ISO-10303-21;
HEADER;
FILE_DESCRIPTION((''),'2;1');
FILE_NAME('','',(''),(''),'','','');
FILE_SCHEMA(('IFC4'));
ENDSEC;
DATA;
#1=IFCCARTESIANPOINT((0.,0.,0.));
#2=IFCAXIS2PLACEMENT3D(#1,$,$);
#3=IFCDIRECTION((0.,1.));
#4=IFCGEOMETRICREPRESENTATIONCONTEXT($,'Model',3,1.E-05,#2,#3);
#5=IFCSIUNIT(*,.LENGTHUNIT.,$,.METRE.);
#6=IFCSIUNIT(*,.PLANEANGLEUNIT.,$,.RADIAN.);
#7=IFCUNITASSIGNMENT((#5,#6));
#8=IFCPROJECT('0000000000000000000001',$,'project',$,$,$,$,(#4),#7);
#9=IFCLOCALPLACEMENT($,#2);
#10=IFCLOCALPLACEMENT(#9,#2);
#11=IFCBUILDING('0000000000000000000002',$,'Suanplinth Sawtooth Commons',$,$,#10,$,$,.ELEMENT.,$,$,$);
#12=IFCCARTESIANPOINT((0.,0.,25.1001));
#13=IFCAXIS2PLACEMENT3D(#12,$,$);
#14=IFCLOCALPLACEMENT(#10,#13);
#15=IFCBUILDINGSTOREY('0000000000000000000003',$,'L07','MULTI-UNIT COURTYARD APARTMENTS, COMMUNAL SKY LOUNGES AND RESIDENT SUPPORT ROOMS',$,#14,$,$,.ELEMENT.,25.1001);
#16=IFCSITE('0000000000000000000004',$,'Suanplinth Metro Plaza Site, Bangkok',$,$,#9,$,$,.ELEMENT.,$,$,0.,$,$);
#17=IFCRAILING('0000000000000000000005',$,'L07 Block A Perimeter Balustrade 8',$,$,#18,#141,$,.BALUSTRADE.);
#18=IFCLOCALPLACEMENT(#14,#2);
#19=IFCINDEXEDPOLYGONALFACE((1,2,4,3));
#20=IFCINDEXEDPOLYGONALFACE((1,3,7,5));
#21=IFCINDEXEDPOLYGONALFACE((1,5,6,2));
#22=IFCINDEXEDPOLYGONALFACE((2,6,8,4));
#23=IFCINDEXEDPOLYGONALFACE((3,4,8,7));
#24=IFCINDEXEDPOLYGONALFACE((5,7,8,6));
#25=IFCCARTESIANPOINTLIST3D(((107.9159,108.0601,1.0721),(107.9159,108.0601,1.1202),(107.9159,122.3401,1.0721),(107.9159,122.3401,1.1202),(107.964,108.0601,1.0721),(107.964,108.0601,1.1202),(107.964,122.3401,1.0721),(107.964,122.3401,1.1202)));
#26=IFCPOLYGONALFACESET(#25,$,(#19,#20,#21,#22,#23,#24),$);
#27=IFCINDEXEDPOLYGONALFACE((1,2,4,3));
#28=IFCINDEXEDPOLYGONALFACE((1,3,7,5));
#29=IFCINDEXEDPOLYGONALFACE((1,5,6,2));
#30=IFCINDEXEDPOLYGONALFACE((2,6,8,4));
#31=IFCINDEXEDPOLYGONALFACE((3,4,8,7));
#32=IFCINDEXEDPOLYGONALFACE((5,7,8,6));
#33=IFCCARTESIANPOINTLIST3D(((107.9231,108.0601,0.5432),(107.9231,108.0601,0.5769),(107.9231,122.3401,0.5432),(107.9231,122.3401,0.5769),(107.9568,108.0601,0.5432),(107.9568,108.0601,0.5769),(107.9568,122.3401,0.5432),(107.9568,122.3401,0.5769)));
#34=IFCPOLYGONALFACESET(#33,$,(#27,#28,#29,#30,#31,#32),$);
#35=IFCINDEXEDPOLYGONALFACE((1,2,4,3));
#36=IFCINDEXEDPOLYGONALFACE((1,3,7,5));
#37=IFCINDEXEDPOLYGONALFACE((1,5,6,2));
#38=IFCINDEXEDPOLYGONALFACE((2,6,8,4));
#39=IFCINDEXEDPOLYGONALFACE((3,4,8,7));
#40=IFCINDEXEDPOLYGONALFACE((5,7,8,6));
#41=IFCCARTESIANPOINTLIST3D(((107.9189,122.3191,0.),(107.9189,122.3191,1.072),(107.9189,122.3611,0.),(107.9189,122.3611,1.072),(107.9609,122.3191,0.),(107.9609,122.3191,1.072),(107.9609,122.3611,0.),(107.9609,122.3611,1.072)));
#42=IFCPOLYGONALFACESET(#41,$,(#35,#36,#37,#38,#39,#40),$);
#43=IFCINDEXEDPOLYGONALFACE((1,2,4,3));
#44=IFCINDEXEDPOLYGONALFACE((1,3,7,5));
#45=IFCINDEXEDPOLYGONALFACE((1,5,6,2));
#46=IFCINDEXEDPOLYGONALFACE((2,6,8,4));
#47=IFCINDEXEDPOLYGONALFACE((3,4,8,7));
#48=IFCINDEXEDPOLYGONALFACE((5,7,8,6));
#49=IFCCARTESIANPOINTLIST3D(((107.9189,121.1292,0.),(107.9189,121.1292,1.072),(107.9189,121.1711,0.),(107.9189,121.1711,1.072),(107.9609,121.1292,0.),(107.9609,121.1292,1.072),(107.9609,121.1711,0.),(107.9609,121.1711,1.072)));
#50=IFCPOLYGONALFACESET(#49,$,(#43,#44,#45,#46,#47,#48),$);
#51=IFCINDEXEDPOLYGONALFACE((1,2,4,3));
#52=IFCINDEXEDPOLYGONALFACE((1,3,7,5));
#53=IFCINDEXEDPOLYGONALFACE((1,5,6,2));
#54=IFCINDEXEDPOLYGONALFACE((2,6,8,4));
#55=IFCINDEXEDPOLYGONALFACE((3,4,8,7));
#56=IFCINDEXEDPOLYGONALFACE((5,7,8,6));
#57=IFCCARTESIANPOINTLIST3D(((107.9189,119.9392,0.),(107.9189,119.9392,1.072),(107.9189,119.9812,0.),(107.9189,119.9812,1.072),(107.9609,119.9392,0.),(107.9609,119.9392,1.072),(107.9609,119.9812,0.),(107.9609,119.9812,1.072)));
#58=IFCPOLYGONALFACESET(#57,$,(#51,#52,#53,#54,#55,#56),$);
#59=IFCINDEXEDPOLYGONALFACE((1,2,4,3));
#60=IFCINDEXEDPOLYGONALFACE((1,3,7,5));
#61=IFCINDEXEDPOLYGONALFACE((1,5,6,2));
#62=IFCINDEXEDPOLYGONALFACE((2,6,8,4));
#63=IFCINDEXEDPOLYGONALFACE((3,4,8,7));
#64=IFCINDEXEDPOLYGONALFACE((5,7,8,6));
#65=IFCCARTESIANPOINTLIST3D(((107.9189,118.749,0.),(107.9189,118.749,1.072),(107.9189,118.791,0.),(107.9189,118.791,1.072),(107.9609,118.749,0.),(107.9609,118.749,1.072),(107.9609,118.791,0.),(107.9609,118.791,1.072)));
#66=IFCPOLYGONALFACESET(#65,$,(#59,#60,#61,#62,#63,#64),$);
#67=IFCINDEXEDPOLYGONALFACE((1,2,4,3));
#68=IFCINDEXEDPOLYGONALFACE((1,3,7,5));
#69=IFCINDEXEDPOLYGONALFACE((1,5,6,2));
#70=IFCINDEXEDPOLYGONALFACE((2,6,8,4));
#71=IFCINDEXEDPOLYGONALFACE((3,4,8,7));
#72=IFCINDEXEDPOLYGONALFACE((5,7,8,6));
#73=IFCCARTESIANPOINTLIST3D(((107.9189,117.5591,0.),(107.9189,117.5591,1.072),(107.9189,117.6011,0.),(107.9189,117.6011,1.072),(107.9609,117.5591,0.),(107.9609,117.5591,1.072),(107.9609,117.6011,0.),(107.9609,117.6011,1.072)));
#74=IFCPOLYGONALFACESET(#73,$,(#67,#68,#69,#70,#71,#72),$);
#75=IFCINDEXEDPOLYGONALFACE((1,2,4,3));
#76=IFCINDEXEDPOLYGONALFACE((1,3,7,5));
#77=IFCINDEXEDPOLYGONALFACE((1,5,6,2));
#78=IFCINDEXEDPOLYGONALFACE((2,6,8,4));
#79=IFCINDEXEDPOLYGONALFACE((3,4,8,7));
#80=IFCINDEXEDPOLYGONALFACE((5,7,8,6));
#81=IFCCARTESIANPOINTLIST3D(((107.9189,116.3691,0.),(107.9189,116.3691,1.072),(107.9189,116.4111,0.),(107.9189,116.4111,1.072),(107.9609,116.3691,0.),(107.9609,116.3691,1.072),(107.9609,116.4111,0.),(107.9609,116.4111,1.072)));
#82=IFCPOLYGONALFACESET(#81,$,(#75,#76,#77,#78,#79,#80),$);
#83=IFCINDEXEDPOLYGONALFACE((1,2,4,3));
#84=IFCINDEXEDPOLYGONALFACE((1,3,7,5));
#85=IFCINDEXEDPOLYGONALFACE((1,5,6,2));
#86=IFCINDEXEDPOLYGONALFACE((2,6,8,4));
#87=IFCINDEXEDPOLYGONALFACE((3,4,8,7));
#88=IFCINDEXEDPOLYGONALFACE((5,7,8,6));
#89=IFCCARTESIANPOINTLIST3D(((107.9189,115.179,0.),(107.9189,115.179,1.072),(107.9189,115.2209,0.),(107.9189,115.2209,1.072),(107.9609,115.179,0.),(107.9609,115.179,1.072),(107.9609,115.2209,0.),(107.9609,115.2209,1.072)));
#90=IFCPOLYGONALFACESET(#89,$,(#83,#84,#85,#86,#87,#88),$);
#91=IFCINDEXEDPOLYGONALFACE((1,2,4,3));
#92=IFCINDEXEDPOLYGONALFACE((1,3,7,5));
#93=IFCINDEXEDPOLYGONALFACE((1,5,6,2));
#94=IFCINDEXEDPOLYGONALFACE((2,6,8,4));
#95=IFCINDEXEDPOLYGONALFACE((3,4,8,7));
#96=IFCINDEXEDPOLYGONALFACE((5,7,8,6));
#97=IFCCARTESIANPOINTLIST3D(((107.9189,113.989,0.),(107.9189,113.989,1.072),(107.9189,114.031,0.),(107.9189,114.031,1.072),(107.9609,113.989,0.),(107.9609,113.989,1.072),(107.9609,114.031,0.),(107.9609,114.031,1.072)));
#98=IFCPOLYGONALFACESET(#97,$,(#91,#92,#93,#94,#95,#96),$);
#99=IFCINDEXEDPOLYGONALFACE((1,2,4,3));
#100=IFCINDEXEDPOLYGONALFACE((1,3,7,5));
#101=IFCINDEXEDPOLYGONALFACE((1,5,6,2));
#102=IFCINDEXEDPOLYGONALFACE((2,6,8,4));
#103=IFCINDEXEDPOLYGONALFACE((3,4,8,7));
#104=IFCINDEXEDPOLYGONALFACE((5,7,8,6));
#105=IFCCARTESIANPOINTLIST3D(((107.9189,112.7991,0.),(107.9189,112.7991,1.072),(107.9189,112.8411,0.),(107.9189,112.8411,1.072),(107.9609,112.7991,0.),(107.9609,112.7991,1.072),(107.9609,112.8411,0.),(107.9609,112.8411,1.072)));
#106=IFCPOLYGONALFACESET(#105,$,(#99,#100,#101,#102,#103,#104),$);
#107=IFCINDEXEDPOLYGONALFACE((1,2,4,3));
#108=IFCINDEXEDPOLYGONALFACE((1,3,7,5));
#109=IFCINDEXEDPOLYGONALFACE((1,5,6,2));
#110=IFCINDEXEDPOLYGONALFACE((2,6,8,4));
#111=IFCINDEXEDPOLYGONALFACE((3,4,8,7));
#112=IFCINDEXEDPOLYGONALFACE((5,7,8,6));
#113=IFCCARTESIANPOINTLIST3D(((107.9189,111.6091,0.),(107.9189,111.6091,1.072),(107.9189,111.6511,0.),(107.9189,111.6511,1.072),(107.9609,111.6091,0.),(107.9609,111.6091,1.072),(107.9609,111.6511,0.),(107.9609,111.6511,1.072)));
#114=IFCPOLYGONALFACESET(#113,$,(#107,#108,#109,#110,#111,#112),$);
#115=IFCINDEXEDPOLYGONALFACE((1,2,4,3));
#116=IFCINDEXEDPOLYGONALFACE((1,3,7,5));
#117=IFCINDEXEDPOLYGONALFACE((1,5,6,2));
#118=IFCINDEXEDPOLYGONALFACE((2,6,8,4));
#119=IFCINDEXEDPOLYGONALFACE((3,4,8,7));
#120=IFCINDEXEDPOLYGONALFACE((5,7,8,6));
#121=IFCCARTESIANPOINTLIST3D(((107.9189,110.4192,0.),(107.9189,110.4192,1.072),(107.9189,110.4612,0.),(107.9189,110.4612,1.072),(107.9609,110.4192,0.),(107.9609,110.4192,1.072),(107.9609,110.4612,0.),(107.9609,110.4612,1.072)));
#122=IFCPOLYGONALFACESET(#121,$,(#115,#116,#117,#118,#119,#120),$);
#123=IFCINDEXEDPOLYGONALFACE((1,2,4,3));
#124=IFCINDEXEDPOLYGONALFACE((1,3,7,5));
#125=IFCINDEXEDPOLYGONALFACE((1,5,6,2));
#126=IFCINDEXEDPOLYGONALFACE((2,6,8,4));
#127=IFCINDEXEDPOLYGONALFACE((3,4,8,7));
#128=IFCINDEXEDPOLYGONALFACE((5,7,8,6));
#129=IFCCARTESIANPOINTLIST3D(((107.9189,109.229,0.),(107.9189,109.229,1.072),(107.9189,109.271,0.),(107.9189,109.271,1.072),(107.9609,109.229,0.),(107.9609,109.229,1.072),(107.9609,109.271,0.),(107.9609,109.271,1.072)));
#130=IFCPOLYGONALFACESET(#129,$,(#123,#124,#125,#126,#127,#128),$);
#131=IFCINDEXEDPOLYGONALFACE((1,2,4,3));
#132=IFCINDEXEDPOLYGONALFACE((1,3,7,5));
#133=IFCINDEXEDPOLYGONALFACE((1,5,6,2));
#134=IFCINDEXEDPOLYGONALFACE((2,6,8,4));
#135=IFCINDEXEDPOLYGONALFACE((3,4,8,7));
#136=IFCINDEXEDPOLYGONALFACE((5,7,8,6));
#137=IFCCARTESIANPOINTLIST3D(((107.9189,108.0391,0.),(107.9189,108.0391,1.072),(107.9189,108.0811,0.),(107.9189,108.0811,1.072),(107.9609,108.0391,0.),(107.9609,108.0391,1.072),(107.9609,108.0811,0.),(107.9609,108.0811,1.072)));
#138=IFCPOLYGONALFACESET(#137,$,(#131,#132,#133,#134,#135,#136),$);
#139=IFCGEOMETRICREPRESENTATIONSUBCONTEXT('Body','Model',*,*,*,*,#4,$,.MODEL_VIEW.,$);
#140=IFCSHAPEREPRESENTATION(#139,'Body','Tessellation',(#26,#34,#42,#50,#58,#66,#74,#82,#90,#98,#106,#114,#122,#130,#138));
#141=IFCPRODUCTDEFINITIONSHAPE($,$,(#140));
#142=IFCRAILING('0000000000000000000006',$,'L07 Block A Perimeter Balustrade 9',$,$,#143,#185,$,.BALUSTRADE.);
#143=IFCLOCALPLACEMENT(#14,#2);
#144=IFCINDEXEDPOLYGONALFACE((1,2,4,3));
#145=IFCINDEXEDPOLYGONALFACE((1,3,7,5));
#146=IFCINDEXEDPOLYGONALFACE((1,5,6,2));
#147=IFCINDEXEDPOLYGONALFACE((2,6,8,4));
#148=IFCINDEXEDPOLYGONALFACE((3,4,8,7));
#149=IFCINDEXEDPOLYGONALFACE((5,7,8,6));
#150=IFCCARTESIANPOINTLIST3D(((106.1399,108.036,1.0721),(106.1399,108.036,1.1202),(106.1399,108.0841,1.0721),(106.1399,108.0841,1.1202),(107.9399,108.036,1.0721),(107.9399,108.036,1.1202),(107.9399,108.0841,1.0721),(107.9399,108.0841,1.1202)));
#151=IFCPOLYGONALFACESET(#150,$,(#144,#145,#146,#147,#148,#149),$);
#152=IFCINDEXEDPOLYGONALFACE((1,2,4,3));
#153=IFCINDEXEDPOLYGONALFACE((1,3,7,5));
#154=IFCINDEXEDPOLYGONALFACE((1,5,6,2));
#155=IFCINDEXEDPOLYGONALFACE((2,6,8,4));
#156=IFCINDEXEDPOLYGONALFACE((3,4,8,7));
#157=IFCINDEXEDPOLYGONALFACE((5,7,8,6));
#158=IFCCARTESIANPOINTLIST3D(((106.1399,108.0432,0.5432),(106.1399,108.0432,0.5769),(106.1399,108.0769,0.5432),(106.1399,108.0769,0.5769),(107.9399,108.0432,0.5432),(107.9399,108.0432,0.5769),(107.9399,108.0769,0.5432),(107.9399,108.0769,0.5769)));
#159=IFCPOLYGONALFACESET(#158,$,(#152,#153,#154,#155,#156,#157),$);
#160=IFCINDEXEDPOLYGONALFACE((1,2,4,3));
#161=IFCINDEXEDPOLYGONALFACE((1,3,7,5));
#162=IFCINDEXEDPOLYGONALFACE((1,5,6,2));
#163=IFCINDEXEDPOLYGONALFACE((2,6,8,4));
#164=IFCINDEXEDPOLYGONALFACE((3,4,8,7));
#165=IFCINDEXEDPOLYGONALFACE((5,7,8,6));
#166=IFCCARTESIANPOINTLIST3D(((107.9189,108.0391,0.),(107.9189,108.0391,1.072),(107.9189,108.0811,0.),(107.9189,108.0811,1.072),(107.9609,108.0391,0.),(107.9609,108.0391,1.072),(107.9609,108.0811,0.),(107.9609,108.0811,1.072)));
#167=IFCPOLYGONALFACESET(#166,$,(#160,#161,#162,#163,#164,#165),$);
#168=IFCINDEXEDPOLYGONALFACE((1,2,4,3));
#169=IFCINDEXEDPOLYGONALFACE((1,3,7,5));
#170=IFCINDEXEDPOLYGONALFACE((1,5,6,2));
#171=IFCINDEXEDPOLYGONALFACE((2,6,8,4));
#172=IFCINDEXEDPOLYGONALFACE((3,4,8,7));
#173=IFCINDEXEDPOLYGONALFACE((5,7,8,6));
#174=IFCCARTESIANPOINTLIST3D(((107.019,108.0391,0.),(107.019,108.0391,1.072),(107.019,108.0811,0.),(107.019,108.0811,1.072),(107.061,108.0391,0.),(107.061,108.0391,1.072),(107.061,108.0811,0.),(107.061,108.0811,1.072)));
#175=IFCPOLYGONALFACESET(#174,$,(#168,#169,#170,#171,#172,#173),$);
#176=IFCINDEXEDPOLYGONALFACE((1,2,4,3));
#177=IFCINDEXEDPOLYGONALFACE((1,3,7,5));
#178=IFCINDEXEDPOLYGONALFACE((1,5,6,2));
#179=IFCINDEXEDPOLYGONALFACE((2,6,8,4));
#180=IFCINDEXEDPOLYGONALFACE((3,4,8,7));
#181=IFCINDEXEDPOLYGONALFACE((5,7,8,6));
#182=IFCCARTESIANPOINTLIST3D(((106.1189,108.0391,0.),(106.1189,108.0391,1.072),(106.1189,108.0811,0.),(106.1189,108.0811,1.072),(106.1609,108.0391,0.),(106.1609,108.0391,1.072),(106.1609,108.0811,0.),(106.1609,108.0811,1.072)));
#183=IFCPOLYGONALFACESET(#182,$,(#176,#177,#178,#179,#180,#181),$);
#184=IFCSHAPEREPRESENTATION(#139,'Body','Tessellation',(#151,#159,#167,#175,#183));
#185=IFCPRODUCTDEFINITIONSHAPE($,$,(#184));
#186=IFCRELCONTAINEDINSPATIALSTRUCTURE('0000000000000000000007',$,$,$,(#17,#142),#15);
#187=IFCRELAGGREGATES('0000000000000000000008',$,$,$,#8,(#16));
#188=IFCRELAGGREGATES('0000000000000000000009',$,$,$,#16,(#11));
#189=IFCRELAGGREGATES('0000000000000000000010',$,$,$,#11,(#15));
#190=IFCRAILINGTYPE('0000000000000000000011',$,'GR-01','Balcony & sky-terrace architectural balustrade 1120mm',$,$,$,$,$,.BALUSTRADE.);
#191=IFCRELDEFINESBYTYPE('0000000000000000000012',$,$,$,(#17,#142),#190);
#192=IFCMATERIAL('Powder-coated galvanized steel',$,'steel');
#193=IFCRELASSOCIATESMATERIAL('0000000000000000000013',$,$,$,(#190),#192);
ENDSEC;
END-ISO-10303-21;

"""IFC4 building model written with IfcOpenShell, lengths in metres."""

from ifc_helpers import new_model, si_unit, direction, frame, origin, origin_2d, place, context, subcontext, project, spatial, rectangle, extrude, material, type_object, element, save


model = new_model("IFC4")

# Units and contexts
model_context = context("Model", 3, precision=1e-05, world=origin(), true_north=direction((0.0, 1.0)))
body_context = subcontext(model_context, "Body", "Model", "MODEL_VIEW")
ifc_project = project(units=[si_unit("LENGTHUNIT", "METRE"), si_unit("PLANEANGLEUNIT", "RADIAN")], contexts=[model_context])

# Site, building, storey
site_placement = place(None, origin())
site = spatial("IfcSite", under=ifc_project, at=site_placement, Name="Suanplinth Metro Plaza Site, Bangkok", CompositionType="ELEMENT", RefElevation=0.0)
building_placement = place(site_placement, origin())
building = spatial("IfcBuilding", under=site, at=building_placement, Name="Suanplinth Sawtooth Commons", CompositionType="ELEMENT")
storey_placement = place(building_placement, frame((0.0, 0.0, 25.1001)))
storey = spatial("IfcBuildingStorey", under=building, at=storey_placement, Name="L07", Description="MULTI-UNIT COURTYARD APARTMENTS, COMMUNAL SKY LOUNGES AND RESIDENT SUPPORT ROOMS", CompositionType="ELEMENT", Elevation=25.1001)

# Railings
ifc_material_1 = material(Name="Powder-coated galvanized steel", Category="steel")
railing_type = type_object("IfcRailingType", Name="GR-01", Description="Balcony & sky-terrace architectural balustrade 1120mm", PredefinedType="BALUSTRADE", material=ifc_material_1)
railing_1_placement = place(storey_placement, frame((107.9399, 122.3401, 0.0)))
element("IfcRailing", 1, at=railing_1_placement, inside=storey, type_object=railing_type, Name="L07 Block A Perimeter Balustrade 8", PredefinedType="BALUSTRADE", context=body_context, shape_type="SweptSolid", body=[
    extrude(rectangle(XDim=0.0481, YDim=0.0481, at=origin_2d()), frame((0.0, 0.0, 1.0962), z_axis=(0.0, -1.0, 0.0), x_axis=(1.0, 0.0, 0.0)), (0.0, 0.0, 1.0), 14.28),
    extrude(rectangle(XDim=0.0337, YDim=0.0337, at=origin_2d()), frame((0.0, 0.0, 0.5601), z_axis=(0.0, -1.0, 0.0), x_axis=(1.0, 0.0, 0.0)), (0.0, 0.0, 1.0), 14.28),
    extrude(rectangle(XDim=0.042, YDim=0.042, at=origin_2d()), origin(), (0.0, 0.0, 1.0), 1.072),
    extrude(rectangle(XDim=0.042, YDim=0.042, at=origin_2d()), frame((0.0, -1.1899, 0.0)), (0.0, 0.0, 1.0), 1.072),
    extrude(rectangle(XDim=0.042, YDim=0.042, at=origin_2d()), frame((0.0, -2.3799, 0.0)), (0.0, 0.0, 1.0), 1.072),
    extrude(rectangle(XDim=0.042, YDim=0.042, at=origin_2d()), frame((0.0, -3.5701, 0.0)), (0.0, 0.0, 1.0), 1.072),
    extrude(rectangle(XDim=0.042, YDim=0.042, at=origin_2d()), frame((0.0, -4.76, 0.0)), (0.0, 0.0, 1.0), 1.072),
    extrude(rectangle(XDim=0.042, YDim=0.042, at=origin_2d()), frame((0.0, -5.95, 0.0)), (0.0, 0.0, 1.0), 1.072),
    extrude(rectangle(XDim=0.042, YDim=0.042, at=origin_2d()), frame((0.0, -7.1401, 0.0)), (0.0, 0.0, 1.0), 1.072),
    extrude(rectangle(XDim=0.042, YDim=0.042, at=origin_2d()), frame((0.0, -8.3301, 0.0)), (0.0, 0.0, 1.0), 1.072),
    extrude(rectangle(XDim=0.042, YDim=0.042, at=origin_2d()), frame((0.0, -9.52, 0.0)), (0.0, 0.0, 1.0), 1.072),
    extrude(rectangle(XDim=0.042, YDim=0.042, at=origin_2d()), frame((0.0, -10.71, 0.0)), (0.0, 0.0, 1.0), 1.072),
    extrude(rectangle(XDim=0.042, YDim=0.042, at=origin_2d()), frame((0.0, -11.8999, 0.0)), (0.0, 0.0, 1.0), 1.072),
    extrude(rectangle(XDim=0.042, YDim=0.042, at=origin_2d()), frame((0.0, -13.0901, 0.0)), (0.0, 0.0, 1.0), 1.072),
    extrude(rectangle(XDim=0.042, YDim=0.042, at=origin_2d()), frame((0.0, -14.28, 0.0)), (0.0, 0.0, 1.0), 1.072),
])
railing_2_placement = place(storey_placement, frame((107.9399, 108.0601, 0.0)))
element("IfcRailing", 2, at=railing_2_placement, inside=storey, type_object=railing_type, Name="L07 Block A Perimeter Balustrade 9", PredefinedType="BALUSTRADE", context=body_context, shape_type="SweptSolid", body=[
    extrude(rectangle(XDim=0.0481, YDim=0.0481, at=origin_2d()), frame((0.0, 0.0, 1.0962), z_axis=(-1.0, 0.0, 0.0), x_axis=(0.0, -1.0, 0.0)), (0.0, 0.0, 1.0), 1.8),
    extrude(rectangle(XDim=0.0337, YDim=0.0337, at=origin_2d()), frame((0.0, 0.0, 0.5601), z_axis=(-1.0, 0.0, 0.0), x_axis=(0.0, -1.0, 0.0)), (0.0, 0.0, 1.0), 1.8),
    extrude(rectangle(XDim=0.042, YDim=0.042, at=origin_2d()), origin(), (0.0, 0.0, 1.0), 1.072),
    extrude(rectangle(XDim=0.042, YDim=0.042, at=origin_2d()), frame((-0.8999, 0.0, 0.0)), (0.0, 0.0, 1.0), 1.072),
    extrude(rectangle(XDim=0.042, YDim=0.042, at=origin_2d()), frame((-1.8, 0.0, 0.0)), (0.0, 0.0, 1.0), 1.072),
])

save(model, "model.ifc")
